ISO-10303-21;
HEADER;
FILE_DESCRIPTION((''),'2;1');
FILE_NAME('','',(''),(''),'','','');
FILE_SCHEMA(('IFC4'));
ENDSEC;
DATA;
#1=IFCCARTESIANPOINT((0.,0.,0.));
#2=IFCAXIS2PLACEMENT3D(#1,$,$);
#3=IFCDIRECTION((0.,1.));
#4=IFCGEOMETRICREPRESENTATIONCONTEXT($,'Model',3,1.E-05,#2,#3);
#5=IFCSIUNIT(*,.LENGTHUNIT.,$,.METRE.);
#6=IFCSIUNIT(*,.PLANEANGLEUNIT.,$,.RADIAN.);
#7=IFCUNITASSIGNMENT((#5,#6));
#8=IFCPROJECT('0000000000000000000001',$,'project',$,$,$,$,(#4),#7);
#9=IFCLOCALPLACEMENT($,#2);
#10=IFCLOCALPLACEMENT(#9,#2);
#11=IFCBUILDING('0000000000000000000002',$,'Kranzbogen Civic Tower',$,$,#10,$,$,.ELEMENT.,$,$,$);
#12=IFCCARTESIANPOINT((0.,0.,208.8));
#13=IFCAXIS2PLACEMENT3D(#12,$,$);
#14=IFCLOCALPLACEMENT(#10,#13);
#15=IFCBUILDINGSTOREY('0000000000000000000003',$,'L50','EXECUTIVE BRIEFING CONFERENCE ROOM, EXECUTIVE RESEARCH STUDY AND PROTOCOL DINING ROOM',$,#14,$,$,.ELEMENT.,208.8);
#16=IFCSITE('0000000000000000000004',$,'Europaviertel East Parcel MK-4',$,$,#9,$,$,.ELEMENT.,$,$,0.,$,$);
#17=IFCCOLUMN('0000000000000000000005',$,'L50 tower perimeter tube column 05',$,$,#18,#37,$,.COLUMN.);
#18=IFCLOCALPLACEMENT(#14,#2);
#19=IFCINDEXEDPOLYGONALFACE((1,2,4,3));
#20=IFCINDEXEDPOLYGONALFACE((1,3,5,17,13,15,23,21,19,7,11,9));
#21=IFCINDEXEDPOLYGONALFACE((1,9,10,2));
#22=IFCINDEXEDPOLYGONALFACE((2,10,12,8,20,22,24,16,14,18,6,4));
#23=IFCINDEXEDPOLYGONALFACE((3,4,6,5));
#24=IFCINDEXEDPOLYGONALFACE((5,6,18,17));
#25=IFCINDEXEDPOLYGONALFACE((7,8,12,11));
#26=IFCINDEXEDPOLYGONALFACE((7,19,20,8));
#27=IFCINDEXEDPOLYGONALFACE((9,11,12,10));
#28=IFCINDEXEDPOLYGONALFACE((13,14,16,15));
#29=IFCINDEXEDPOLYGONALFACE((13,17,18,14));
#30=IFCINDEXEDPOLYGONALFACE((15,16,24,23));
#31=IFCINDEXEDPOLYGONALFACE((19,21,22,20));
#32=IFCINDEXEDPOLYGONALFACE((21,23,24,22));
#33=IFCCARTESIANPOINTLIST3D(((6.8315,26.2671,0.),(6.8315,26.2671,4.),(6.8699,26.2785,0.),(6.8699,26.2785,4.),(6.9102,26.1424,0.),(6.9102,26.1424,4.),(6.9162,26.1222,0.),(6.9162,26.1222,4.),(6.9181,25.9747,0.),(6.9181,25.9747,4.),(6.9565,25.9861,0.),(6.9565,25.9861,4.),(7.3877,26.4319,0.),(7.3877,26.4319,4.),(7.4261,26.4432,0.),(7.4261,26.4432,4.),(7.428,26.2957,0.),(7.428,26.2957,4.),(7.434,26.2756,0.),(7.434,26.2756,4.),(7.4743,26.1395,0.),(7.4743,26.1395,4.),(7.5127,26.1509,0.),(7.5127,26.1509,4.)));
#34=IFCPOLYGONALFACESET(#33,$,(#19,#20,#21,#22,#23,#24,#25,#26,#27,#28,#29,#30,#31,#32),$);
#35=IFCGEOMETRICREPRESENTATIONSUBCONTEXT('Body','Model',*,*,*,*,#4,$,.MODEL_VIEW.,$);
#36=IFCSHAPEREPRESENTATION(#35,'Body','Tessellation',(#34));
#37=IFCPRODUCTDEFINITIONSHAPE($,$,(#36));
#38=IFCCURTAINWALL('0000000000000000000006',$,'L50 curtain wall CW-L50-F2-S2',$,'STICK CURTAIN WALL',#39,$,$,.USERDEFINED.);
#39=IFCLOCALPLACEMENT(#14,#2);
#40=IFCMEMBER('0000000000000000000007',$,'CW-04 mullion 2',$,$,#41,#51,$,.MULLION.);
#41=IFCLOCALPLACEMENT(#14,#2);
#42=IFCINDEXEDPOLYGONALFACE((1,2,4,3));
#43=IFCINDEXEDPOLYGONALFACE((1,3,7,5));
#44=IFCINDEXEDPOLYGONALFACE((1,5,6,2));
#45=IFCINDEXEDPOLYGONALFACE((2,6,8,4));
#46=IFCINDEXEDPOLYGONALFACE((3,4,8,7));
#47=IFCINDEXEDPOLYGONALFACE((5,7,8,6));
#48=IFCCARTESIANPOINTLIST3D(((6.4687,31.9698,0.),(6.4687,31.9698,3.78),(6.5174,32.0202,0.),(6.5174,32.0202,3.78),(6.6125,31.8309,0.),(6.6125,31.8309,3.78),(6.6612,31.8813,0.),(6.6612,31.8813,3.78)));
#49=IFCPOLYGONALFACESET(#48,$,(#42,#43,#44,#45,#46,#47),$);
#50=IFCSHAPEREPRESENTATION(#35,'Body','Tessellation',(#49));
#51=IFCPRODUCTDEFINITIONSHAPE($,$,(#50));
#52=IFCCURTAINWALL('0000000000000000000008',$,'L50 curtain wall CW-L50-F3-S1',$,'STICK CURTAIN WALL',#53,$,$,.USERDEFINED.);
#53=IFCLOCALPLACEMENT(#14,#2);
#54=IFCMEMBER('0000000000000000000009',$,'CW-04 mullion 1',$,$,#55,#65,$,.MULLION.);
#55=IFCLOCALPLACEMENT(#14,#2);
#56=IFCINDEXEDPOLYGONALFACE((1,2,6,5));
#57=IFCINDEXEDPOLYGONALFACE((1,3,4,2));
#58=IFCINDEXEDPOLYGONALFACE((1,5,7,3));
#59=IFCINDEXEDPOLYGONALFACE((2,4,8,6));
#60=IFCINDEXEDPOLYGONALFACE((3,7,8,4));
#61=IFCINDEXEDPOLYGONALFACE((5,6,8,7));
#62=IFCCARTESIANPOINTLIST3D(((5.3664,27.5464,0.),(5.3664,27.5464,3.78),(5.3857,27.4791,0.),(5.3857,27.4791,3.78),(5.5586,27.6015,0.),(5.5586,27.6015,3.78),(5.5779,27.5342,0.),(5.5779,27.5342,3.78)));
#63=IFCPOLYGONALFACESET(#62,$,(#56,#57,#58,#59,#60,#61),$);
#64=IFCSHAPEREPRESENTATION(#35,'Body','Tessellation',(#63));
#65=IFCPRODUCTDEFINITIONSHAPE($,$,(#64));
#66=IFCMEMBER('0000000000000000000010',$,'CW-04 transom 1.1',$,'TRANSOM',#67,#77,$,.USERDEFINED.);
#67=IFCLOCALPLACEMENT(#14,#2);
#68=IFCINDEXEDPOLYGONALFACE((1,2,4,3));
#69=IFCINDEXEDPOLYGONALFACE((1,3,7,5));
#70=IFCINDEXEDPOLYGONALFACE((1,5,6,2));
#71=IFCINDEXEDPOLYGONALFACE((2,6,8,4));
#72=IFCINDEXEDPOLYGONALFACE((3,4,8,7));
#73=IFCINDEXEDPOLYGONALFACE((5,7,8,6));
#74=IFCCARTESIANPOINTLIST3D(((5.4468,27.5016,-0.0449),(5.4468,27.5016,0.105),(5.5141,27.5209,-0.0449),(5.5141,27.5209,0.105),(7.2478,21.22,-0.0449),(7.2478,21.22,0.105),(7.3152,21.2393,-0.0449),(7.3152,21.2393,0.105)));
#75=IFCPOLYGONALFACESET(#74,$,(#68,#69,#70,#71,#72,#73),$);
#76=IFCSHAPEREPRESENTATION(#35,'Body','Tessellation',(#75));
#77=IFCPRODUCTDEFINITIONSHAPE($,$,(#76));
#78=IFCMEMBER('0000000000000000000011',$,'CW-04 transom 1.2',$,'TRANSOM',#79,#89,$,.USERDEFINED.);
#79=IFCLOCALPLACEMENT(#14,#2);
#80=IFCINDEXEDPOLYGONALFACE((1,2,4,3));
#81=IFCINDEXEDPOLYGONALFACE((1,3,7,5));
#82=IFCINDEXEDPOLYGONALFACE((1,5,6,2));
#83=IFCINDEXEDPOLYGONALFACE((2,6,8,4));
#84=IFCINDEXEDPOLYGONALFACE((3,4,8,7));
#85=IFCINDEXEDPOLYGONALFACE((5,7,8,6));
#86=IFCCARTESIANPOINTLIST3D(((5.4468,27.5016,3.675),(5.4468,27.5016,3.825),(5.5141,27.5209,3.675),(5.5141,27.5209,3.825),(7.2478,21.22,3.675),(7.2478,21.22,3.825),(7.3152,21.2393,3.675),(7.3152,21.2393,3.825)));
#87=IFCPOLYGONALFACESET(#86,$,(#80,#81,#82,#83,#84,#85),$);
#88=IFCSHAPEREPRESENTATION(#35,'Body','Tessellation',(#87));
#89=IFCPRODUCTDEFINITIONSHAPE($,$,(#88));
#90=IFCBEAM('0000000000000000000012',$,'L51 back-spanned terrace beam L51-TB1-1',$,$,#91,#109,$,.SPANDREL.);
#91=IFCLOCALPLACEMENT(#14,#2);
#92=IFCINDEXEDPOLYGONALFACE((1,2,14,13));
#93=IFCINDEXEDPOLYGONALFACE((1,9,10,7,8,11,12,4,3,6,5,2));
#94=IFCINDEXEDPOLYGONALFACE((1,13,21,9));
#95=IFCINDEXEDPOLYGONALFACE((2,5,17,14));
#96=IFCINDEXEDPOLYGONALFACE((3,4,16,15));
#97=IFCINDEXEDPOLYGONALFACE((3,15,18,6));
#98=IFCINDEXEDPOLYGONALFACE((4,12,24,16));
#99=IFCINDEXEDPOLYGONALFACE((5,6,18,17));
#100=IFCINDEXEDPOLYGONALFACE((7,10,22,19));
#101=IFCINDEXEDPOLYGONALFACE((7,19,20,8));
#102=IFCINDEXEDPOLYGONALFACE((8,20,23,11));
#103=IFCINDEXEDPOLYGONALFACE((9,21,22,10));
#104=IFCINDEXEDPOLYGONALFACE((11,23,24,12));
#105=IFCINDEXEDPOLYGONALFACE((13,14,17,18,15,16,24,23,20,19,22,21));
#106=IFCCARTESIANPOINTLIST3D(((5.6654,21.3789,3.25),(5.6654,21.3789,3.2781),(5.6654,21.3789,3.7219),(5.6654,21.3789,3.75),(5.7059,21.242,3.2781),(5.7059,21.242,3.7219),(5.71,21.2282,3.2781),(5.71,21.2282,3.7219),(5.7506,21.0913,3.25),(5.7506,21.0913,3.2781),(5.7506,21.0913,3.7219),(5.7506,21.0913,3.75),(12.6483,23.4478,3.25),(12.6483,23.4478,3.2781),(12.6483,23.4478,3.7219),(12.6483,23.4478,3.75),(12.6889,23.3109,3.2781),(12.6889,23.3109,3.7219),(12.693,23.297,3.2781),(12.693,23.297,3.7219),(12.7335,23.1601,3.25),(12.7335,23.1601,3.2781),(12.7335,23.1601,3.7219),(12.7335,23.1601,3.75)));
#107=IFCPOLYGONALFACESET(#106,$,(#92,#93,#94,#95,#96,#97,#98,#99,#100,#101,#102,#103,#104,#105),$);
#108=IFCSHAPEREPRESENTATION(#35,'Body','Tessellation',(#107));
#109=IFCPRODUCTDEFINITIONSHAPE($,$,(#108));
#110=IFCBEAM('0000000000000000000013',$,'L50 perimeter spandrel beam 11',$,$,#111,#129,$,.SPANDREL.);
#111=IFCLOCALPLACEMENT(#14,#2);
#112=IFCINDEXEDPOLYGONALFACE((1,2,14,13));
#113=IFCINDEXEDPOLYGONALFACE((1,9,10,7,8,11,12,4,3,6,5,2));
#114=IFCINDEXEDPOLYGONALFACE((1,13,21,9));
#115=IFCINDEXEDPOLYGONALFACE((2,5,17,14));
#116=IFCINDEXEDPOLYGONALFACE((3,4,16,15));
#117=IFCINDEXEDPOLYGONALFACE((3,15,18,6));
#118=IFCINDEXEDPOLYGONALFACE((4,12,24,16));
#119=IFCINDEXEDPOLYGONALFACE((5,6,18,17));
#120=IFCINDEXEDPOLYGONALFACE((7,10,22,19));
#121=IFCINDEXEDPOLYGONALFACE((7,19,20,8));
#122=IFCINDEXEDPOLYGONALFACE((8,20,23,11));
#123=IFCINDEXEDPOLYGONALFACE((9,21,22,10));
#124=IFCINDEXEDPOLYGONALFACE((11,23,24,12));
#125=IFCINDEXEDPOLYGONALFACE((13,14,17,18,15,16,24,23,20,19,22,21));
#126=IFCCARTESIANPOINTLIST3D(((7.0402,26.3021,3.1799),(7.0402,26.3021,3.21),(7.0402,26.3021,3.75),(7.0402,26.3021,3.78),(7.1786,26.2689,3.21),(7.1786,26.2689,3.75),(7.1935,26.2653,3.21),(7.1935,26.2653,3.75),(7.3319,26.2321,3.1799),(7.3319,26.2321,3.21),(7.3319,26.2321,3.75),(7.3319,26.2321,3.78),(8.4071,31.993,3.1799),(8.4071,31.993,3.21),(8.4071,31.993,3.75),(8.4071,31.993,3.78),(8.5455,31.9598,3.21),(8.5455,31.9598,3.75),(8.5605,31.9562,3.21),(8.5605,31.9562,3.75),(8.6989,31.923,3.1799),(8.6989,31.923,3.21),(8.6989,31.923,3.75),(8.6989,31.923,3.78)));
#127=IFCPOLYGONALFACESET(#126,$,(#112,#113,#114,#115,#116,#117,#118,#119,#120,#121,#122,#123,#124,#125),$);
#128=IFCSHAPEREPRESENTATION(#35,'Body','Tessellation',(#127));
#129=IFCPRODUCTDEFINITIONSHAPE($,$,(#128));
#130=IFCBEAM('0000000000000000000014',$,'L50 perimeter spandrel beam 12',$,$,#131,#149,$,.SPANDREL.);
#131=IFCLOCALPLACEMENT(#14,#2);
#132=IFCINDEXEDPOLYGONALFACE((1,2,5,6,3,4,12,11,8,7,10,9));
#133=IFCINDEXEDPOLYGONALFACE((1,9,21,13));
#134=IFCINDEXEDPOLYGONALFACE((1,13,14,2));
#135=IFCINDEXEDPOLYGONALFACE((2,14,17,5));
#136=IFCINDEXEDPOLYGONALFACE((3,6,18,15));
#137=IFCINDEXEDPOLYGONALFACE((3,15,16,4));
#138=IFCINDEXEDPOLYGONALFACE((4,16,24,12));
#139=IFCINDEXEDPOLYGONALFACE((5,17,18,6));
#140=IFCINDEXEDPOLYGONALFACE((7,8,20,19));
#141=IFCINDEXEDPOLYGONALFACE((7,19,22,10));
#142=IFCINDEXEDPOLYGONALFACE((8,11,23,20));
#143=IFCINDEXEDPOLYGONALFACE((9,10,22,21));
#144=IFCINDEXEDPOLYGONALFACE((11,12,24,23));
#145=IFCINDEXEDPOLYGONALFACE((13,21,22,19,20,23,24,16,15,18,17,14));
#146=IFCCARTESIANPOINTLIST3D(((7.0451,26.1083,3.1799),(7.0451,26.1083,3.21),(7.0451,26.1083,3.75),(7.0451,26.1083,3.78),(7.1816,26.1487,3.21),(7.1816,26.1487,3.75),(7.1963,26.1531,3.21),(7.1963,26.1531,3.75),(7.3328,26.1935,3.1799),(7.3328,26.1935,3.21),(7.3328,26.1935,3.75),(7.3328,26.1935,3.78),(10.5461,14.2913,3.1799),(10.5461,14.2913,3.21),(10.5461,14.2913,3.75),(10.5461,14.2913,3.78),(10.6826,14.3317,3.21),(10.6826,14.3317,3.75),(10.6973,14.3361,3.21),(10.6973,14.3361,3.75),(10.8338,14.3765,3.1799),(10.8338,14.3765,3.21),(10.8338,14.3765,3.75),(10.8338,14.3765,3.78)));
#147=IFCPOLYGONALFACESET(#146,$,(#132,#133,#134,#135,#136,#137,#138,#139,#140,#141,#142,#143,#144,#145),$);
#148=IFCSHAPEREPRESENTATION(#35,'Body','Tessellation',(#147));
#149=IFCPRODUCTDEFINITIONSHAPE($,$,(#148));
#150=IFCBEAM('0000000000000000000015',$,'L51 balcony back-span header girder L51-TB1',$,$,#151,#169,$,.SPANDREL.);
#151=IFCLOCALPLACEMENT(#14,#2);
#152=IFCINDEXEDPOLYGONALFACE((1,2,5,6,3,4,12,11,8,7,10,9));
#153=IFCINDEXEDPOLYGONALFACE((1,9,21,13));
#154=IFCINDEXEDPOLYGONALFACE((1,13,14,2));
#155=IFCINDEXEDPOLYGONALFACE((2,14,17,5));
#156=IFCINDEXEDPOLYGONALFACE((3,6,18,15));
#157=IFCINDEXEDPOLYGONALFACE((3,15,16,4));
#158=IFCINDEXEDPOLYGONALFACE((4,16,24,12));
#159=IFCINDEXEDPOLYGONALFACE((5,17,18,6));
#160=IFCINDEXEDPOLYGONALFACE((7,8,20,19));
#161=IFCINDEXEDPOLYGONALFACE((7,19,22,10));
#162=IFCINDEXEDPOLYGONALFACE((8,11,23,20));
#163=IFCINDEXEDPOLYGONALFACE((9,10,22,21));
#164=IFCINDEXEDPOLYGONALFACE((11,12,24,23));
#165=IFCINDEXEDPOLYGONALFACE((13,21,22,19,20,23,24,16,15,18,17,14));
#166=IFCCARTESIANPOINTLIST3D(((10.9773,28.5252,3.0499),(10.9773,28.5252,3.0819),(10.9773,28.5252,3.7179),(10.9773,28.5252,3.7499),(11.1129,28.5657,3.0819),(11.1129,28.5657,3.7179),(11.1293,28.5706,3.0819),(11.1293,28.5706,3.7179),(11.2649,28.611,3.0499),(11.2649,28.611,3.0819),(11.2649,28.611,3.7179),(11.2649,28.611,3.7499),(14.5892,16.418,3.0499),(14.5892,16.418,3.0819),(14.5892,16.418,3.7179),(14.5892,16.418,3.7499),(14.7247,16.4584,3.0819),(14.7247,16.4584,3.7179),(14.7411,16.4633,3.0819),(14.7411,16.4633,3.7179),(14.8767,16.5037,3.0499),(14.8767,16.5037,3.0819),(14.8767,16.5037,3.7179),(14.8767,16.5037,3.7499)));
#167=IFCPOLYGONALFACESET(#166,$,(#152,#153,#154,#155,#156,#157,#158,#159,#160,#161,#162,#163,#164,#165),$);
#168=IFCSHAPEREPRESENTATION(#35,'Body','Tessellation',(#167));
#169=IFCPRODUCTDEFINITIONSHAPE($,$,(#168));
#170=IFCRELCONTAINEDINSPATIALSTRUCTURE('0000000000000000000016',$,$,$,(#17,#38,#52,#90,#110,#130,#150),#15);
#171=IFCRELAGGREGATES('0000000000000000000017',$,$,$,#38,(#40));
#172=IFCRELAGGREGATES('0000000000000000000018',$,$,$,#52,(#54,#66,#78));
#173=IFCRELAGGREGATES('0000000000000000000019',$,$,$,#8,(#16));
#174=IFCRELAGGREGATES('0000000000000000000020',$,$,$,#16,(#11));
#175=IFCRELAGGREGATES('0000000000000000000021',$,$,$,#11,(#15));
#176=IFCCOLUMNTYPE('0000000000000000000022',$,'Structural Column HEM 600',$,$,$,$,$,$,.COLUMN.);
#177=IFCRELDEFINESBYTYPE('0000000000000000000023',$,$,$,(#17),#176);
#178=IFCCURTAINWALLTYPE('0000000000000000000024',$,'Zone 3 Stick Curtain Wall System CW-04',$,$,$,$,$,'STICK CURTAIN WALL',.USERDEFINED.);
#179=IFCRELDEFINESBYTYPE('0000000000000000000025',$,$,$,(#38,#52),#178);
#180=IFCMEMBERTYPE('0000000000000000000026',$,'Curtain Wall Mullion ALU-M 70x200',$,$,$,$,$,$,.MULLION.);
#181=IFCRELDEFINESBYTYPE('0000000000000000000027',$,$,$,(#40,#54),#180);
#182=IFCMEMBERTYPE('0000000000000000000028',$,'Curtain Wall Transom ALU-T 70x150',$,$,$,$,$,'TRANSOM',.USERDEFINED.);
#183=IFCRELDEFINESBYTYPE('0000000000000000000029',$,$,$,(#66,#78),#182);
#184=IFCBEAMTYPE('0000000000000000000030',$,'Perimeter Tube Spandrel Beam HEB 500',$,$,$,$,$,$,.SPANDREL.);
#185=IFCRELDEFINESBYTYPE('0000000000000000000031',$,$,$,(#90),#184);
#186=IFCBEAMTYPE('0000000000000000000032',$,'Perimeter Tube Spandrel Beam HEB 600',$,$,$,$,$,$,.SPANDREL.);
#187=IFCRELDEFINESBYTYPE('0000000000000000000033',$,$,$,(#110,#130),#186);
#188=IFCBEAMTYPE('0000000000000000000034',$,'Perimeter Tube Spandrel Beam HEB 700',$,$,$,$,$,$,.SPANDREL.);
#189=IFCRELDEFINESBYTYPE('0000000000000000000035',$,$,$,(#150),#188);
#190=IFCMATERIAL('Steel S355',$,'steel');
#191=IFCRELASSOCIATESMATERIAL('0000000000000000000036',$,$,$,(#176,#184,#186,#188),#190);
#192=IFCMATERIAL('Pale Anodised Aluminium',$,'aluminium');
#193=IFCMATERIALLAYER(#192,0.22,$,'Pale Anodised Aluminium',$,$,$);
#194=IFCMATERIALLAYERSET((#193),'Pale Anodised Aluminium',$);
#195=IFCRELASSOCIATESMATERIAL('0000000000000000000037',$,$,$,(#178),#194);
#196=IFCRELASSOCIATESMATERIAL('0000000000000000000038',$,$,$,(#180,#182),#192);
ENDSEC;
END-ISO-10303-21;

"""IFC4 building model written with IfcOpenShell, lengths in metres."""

from ifc_helpers import new_model, si_unit, direction, frame, origin, origin_2d, place, context, subcontext, project, spatial, rectangle, i_section, extrude, material, layer, layer_set, material_profile, profile_set, type_object, element, aggregate, save


model = new_model("IFC4")

# Units and contexts
model_context = context("Model", 3, precision=1e-05, world=origin(), true_north=direction((0.0, 1.0)))
body_context = subcontext(model_context, "Body", "Model", "MODEL_VIEW")
ifc_project = project(units=[si_unit("LENGTHUNIT", "METRE"), si_unit("PLANEANGLEUNIT", "RADIAN")], contexts=[model_context])

# Site, building, storey
site_placement = place(None, origin())
site = spatial("IfcSite", under=ifc_project, at=site_placement, Name="Europaviertel East Parcel MK-4", CompositionType="ELEMENT", RefElevation=0.0)
building_placement = place(site_placement, origin())
building = spatial("IfcBuilding", under=site, at=building_placement, Name="Kranzbogen Civic Tower", CompositionType="ELEMENT")
storey_placement = place(building_placement, frame((0.0, 0.0, 208.8)))
storey = spatial("IfcBuildingStorey", under=building, at=storey_placement, Name="L50", Description="EXECUTIVE BRIEFING CONFERENCE ROOM, EXECUTIVE RESEARCH STUDY AND PROTOCOL DINING ROOM", CompositionType="ELEMENT", Elevation=208.8)

# Column
ifc_material_1 = material(Name="Steel S355", Category="steel")
ifc_material_profile_1 = material_profile(ifc_material_1, i_section(OverallWidth=0.3049, OverallDepth=0.6201, WebThickness=0.021, FlangeThickness=0.04, at=origin_2d()), Name="HEM 600")
ifc_profile_set_1 = profile_set([ifc_material_profile_1], Name="Steel S355")
column_type = type_object("IfcColumnType", Name="Structural Column HEM 600", PredefinedType="COLUMN", material=ifc_profile_set_1)
column_placement = place(storey_placement, frame((7.1721, 26.209, 0.0), z_axis=(0.0, 0.0, 1.0), x_axis=(-0.284015, 0.95882, 0.0)))
element("IfcColumn", 1, at=column_placement, inside=storey, type_object=column_type, Name="L50 tower perimeter tube column 05", PredefinedType="COLUMN", context=body_context, shape_type="SweptSolid", body=[
    extrude(i_section(OverallWidth=0.3049, OverallDepth=0.6201, WebThickness=0.021, FlangeThickness=0.04, at=origin_2d()), origin(), (0.0, 0.0, 1.0), 4.0),
])

# Curtain wall, member
ifc_material_2 = material(Name="Pale Anodised Aluminium", Category="aluminium")
ifc_layer_1 = layer(ifc_material_2, 0.22, Name="Pale Anodised Aluminium")
ifc_layer_set_1 = layer_set([ifc_layer_1], Name="Pale Anodised Aluminium")
curtain_wall_type = type_object("IfcCurtainWallType", Name="Zone 3 Stick Curtain Wall System CW-04", ElementType="STICK CURTAIN WALL", PredefinedType="USERDEFINED", material=ifc_layer_set_1)
curtain_wall_1_placement = place(storey_placement, origin())
curtain_wall_1 = element("IfcCurtainWall", 2, at=curtain_wall_1_placement, inside=storey, type_object=curtain_wall_type, Name="L50 curtain wall CW-L50-F2-S2", ObjectType="STICK CURTAIN WALL", PredefinedType="USERDEFINED")
ifc_material_profile_2 = material_profile(ifc_material_2, rectangle(XDim=0.0701, YDim=0.2, at=origin_2d()), Name="ALU-M 70x200")
ifc_profile_set_2 = profile_set([ifc_material_profile_2], Name="Pale Anodised Aluminium")
member_type_1 = type_object("IfcMemberType", Name="Curtain Wall Mullion ALU-M 70x200", PredefinedType="MULLION", material=ifc_profile_set_2)
member_1_placement = place(storey_placement, frame((6.5649, 31.9255, 0.0), z_axis=(0.0, 0.0, 1.0), x_axis=(-0.694678, -0.719321, 0.0)))
member_1 = element("IfcMember", 3, at=member_1_placement, type_object=member_type_1, Name="CW-04 mullion 2", PredefinedType="MULLION", context=body_context, shape_type="SweptSolid", body=[
    extrude(rectangle(XDim=0.0701, YDim=0.2, at=origin_2d()), origin(), (0.0, 0.0, 1.0), 3.78),
])
aggregate(curtain_wall_1, [member_1])

# Curtain wall, members
curtain_wall_2_placement = place(storey_placement, origin())
curtain_wall_2 = element("IfcCurtainWall", 4, at=curtain_wall_2_placement, inside=storey, type_object=curtain_wall_type, Name="L50 curtain wall CW-L50-F3-S1", ObjectType="STICK CURTAIN WALL", PredefinedType="USERDEFINED")
member_2_placement = place(storey_placement, frame((5.4722, 27.5403, 0.0), z_axis=(0.0, 0.0, 1.0), x_axis=(0.275594, -0.961274, 0.0)))
member_2 = element("IfcMember", 5, at=member_2_placement, type_object=member_type_1, Name="CW-04 mullion 1", PredefinedType="MULLION", context=body_context, shape_type="SweptSolid", body=[
    extrude(rectangle(XDim=0.0701, YDim=0.2, at=origin_2d()), origin(), (0.0, 0.0, 1.0), 3.78),
])
ifc_material_profile_3 = material_profile(ifc_material_2, rectangle(XDim=0.0701, YDim=0.1499, at=origin_2d()), Name="ALU-T 70x150")
ifc_profile_set_3 = profile_set([ifc_material_profile_3], Name="Pale Anodised Aluminium")
member_type_2 = type_object("IfcMemberType", Name="Curtain Wall Transom ALU-T 70x150", ElementType="TRANSOM", PredefinedType="USERDEFINED", material=ifc_profile_set_3)
member_3_placement = place(storey_placement, frame((5.4805, 27.5112, 0.03), z_axis=(0.275614, -0.961268, 0.0), x_axis=(0.961268, 0.275614, 0.0)))
member_3 = element("IfcMember", 6, at=member_3_placement, type_object=member_type_2, Name="CW-04 transom 1.1", ObjectType="TRANSOM", PredefinedType="USERDEFINED", context=body_context, shape_type="SweptSolid", body=[
    extrude(rectangle(XDim=0.0701, YDim=0.1499, at=origin_2d()), origin(), (0.0, 0.0, 1.0), 6.5347),
])
member_4_placement = place(storey_placement, frame((5.4805, 27.5112, 3.75), z_axis=(0.275614, -0.961268, 0.0), x_axis=(0.961268, 0.275614, 0.0)))
member_4 = element("IfcMember", 7, at=member_4_placement, type_object=member_type_2, Name="CW-04 transom 1.2", ObjectType="TRANSOM", PredefinedType="USERDEFINED", context=body_context, shape_type="SweptSolid", body=[
    extrude(rectangle(XDim=0.0701, YDim=0.1499, at=origin_2d()), origin(), (0.0, 0.0, 1.0), 6.5347),
])

# Beams
ifc_material_profile_4 = material_profile(ifc_material_1, i_section(OverallWidth=0.3, OverallDepth=0.5, WebThickness=0.0144, FlangeThickness=0.0281, at=origin_2d()), Name="HEB 500")
ifc_profile_set_4 = profile_set([ifc_material_profile_4], Name="Steel S355")
beam_type_1 = type_object("IfcBeamType", Name="Perimeter Tube Spandrel Beam HEB 500", PredefinedType="SPANDREL", material=ifc_profile_set_4)
beam_1_placement = place(storey_placement, frame((12.6909, 23.304, 3.5), z_axis=(-0.958804, -0.284068, 0.0), x_axis=(0.284068, -0.958804, 0.0)))
element("IfcBeam", 8, at=beam_1_placement, inside=storey, type_object=beam_type_1, Name="L51 back-spanned terrace beam L51-TB1-1", PredefinedType="SPANDREL", context=body_context, shape_type="SweptSolid", body=[
    extrude(i_section(OverallWidth=0.3, OverallDepth=0.5, WebThickness=0.0144, FlangeThickness=0.0281, at=origin_2d()), origin(), (0.0, 0.0, 1.0), 7.283),
])
ifc_material_profile_5 = material_profile(ifc_material_1, i_section(OverallWidth=0.3, OverallDepth=0.6001, WebThickness=0.0154, FlangeThickness=0.03, at=origin_2d()), Name="HEB 600")
ifc_profile_set_5 = profile_set([ifc_material_profile_5], Name="Steel S355")
beam_type_2 = type_object("IfcBeamType", Name="Perimeter Tube Spandrel Beam HEB 600", PredefinedType="SPANDREL", material=ifc_profile_set_5)
beam_2_placement = place(storey_placement, frame((8.553, 31.958, 3.48), z_axis=(-0.233554, -0.972344, 0.0), x_axis=(0.972344, -0.233554, 0.0)))
element("IfcBeam", 9, at=beam_2_placement, inside=storey, type_object=beam_type_2, Name="L50 perimeter spandrel beam 11", PredefinedType="SPANDREL", context=body_context, shape_type="SweptSolid", body=[
    extrude(i_section(OverallWidth=0.3, OverallDepth=0.6001, WebThickness=0.0154, FlangeThickness=0.03, at=origin_2d()), origin(), (0.0, 0.0, 1.0), 5.8528),
])
beam_3_placement = place(storey_placement, frame((7.189, 26.1509, 3.48), z_axis=(0.284064, -0.958805, 0.0), x_axis=(0.958805, 0.284064, 0.0)))
element("IfcBeam", 10, at=beam_3_placement, inside=storey, type_object=beam_type_2, Name="L50 perimeter spandrel beam 12", PredefinedType="SPANDREL", context=body_context, shape_type="SweptSolid", body=[
    extrude(i_section(OverallWidth=0.3, OverallDepth=0.6001, WebThickness=0.0154, FlangeThickness=0.03, at=origin_2d()), origin(), (0.0, 0.0, 1.0), 12.3247),
])
ifc_material_profile_6 = material_profile(ifc_material_1, i_section(OverallWidth=0.3, OverallDepth=0.7, WebThickness=0.0171, FlangeThickness=0.032, at=origin_2d()), Name="HEB 700")
ifc_profile_set_6 = profile_set([ifc_material_profile_6], Name="Steel S355")
beam_type_3 = type_object("IfcBeamType", Name="Perimeter Tube Spandrel Beam HEB 700", PredefinedType="SPANDREL", material=ifc_profile_set_6)
beam_4_placement = place(storey_placement, frame((11.1211, 28.5681, 3.3999), z_axis=(0.285871, -0.958268, 0.0), x_axis=(0.958268, 0.285871, 0.0)))
element("IfcBeam", 11, at=beam_4_placement, inside=storey, type_object=beam_type_3, Name="L51 balcony back-span header girder L51-TB1", PredefinedType="SPANDREL", context=body_context, shape_type="SweptSolid", body=[
    extrude(i_section(OverallWidth=0.3, OverallDepth=0.7, WebThickness=0.0171, FlangeThickness=0.032, at=origin_2d()), origin(), (0.0, 0.0, 1.0), 12.6345),
])

aggregate(curtain_wall_2, [member_2, member_3, member_4])

save(model, "model.ifc")
